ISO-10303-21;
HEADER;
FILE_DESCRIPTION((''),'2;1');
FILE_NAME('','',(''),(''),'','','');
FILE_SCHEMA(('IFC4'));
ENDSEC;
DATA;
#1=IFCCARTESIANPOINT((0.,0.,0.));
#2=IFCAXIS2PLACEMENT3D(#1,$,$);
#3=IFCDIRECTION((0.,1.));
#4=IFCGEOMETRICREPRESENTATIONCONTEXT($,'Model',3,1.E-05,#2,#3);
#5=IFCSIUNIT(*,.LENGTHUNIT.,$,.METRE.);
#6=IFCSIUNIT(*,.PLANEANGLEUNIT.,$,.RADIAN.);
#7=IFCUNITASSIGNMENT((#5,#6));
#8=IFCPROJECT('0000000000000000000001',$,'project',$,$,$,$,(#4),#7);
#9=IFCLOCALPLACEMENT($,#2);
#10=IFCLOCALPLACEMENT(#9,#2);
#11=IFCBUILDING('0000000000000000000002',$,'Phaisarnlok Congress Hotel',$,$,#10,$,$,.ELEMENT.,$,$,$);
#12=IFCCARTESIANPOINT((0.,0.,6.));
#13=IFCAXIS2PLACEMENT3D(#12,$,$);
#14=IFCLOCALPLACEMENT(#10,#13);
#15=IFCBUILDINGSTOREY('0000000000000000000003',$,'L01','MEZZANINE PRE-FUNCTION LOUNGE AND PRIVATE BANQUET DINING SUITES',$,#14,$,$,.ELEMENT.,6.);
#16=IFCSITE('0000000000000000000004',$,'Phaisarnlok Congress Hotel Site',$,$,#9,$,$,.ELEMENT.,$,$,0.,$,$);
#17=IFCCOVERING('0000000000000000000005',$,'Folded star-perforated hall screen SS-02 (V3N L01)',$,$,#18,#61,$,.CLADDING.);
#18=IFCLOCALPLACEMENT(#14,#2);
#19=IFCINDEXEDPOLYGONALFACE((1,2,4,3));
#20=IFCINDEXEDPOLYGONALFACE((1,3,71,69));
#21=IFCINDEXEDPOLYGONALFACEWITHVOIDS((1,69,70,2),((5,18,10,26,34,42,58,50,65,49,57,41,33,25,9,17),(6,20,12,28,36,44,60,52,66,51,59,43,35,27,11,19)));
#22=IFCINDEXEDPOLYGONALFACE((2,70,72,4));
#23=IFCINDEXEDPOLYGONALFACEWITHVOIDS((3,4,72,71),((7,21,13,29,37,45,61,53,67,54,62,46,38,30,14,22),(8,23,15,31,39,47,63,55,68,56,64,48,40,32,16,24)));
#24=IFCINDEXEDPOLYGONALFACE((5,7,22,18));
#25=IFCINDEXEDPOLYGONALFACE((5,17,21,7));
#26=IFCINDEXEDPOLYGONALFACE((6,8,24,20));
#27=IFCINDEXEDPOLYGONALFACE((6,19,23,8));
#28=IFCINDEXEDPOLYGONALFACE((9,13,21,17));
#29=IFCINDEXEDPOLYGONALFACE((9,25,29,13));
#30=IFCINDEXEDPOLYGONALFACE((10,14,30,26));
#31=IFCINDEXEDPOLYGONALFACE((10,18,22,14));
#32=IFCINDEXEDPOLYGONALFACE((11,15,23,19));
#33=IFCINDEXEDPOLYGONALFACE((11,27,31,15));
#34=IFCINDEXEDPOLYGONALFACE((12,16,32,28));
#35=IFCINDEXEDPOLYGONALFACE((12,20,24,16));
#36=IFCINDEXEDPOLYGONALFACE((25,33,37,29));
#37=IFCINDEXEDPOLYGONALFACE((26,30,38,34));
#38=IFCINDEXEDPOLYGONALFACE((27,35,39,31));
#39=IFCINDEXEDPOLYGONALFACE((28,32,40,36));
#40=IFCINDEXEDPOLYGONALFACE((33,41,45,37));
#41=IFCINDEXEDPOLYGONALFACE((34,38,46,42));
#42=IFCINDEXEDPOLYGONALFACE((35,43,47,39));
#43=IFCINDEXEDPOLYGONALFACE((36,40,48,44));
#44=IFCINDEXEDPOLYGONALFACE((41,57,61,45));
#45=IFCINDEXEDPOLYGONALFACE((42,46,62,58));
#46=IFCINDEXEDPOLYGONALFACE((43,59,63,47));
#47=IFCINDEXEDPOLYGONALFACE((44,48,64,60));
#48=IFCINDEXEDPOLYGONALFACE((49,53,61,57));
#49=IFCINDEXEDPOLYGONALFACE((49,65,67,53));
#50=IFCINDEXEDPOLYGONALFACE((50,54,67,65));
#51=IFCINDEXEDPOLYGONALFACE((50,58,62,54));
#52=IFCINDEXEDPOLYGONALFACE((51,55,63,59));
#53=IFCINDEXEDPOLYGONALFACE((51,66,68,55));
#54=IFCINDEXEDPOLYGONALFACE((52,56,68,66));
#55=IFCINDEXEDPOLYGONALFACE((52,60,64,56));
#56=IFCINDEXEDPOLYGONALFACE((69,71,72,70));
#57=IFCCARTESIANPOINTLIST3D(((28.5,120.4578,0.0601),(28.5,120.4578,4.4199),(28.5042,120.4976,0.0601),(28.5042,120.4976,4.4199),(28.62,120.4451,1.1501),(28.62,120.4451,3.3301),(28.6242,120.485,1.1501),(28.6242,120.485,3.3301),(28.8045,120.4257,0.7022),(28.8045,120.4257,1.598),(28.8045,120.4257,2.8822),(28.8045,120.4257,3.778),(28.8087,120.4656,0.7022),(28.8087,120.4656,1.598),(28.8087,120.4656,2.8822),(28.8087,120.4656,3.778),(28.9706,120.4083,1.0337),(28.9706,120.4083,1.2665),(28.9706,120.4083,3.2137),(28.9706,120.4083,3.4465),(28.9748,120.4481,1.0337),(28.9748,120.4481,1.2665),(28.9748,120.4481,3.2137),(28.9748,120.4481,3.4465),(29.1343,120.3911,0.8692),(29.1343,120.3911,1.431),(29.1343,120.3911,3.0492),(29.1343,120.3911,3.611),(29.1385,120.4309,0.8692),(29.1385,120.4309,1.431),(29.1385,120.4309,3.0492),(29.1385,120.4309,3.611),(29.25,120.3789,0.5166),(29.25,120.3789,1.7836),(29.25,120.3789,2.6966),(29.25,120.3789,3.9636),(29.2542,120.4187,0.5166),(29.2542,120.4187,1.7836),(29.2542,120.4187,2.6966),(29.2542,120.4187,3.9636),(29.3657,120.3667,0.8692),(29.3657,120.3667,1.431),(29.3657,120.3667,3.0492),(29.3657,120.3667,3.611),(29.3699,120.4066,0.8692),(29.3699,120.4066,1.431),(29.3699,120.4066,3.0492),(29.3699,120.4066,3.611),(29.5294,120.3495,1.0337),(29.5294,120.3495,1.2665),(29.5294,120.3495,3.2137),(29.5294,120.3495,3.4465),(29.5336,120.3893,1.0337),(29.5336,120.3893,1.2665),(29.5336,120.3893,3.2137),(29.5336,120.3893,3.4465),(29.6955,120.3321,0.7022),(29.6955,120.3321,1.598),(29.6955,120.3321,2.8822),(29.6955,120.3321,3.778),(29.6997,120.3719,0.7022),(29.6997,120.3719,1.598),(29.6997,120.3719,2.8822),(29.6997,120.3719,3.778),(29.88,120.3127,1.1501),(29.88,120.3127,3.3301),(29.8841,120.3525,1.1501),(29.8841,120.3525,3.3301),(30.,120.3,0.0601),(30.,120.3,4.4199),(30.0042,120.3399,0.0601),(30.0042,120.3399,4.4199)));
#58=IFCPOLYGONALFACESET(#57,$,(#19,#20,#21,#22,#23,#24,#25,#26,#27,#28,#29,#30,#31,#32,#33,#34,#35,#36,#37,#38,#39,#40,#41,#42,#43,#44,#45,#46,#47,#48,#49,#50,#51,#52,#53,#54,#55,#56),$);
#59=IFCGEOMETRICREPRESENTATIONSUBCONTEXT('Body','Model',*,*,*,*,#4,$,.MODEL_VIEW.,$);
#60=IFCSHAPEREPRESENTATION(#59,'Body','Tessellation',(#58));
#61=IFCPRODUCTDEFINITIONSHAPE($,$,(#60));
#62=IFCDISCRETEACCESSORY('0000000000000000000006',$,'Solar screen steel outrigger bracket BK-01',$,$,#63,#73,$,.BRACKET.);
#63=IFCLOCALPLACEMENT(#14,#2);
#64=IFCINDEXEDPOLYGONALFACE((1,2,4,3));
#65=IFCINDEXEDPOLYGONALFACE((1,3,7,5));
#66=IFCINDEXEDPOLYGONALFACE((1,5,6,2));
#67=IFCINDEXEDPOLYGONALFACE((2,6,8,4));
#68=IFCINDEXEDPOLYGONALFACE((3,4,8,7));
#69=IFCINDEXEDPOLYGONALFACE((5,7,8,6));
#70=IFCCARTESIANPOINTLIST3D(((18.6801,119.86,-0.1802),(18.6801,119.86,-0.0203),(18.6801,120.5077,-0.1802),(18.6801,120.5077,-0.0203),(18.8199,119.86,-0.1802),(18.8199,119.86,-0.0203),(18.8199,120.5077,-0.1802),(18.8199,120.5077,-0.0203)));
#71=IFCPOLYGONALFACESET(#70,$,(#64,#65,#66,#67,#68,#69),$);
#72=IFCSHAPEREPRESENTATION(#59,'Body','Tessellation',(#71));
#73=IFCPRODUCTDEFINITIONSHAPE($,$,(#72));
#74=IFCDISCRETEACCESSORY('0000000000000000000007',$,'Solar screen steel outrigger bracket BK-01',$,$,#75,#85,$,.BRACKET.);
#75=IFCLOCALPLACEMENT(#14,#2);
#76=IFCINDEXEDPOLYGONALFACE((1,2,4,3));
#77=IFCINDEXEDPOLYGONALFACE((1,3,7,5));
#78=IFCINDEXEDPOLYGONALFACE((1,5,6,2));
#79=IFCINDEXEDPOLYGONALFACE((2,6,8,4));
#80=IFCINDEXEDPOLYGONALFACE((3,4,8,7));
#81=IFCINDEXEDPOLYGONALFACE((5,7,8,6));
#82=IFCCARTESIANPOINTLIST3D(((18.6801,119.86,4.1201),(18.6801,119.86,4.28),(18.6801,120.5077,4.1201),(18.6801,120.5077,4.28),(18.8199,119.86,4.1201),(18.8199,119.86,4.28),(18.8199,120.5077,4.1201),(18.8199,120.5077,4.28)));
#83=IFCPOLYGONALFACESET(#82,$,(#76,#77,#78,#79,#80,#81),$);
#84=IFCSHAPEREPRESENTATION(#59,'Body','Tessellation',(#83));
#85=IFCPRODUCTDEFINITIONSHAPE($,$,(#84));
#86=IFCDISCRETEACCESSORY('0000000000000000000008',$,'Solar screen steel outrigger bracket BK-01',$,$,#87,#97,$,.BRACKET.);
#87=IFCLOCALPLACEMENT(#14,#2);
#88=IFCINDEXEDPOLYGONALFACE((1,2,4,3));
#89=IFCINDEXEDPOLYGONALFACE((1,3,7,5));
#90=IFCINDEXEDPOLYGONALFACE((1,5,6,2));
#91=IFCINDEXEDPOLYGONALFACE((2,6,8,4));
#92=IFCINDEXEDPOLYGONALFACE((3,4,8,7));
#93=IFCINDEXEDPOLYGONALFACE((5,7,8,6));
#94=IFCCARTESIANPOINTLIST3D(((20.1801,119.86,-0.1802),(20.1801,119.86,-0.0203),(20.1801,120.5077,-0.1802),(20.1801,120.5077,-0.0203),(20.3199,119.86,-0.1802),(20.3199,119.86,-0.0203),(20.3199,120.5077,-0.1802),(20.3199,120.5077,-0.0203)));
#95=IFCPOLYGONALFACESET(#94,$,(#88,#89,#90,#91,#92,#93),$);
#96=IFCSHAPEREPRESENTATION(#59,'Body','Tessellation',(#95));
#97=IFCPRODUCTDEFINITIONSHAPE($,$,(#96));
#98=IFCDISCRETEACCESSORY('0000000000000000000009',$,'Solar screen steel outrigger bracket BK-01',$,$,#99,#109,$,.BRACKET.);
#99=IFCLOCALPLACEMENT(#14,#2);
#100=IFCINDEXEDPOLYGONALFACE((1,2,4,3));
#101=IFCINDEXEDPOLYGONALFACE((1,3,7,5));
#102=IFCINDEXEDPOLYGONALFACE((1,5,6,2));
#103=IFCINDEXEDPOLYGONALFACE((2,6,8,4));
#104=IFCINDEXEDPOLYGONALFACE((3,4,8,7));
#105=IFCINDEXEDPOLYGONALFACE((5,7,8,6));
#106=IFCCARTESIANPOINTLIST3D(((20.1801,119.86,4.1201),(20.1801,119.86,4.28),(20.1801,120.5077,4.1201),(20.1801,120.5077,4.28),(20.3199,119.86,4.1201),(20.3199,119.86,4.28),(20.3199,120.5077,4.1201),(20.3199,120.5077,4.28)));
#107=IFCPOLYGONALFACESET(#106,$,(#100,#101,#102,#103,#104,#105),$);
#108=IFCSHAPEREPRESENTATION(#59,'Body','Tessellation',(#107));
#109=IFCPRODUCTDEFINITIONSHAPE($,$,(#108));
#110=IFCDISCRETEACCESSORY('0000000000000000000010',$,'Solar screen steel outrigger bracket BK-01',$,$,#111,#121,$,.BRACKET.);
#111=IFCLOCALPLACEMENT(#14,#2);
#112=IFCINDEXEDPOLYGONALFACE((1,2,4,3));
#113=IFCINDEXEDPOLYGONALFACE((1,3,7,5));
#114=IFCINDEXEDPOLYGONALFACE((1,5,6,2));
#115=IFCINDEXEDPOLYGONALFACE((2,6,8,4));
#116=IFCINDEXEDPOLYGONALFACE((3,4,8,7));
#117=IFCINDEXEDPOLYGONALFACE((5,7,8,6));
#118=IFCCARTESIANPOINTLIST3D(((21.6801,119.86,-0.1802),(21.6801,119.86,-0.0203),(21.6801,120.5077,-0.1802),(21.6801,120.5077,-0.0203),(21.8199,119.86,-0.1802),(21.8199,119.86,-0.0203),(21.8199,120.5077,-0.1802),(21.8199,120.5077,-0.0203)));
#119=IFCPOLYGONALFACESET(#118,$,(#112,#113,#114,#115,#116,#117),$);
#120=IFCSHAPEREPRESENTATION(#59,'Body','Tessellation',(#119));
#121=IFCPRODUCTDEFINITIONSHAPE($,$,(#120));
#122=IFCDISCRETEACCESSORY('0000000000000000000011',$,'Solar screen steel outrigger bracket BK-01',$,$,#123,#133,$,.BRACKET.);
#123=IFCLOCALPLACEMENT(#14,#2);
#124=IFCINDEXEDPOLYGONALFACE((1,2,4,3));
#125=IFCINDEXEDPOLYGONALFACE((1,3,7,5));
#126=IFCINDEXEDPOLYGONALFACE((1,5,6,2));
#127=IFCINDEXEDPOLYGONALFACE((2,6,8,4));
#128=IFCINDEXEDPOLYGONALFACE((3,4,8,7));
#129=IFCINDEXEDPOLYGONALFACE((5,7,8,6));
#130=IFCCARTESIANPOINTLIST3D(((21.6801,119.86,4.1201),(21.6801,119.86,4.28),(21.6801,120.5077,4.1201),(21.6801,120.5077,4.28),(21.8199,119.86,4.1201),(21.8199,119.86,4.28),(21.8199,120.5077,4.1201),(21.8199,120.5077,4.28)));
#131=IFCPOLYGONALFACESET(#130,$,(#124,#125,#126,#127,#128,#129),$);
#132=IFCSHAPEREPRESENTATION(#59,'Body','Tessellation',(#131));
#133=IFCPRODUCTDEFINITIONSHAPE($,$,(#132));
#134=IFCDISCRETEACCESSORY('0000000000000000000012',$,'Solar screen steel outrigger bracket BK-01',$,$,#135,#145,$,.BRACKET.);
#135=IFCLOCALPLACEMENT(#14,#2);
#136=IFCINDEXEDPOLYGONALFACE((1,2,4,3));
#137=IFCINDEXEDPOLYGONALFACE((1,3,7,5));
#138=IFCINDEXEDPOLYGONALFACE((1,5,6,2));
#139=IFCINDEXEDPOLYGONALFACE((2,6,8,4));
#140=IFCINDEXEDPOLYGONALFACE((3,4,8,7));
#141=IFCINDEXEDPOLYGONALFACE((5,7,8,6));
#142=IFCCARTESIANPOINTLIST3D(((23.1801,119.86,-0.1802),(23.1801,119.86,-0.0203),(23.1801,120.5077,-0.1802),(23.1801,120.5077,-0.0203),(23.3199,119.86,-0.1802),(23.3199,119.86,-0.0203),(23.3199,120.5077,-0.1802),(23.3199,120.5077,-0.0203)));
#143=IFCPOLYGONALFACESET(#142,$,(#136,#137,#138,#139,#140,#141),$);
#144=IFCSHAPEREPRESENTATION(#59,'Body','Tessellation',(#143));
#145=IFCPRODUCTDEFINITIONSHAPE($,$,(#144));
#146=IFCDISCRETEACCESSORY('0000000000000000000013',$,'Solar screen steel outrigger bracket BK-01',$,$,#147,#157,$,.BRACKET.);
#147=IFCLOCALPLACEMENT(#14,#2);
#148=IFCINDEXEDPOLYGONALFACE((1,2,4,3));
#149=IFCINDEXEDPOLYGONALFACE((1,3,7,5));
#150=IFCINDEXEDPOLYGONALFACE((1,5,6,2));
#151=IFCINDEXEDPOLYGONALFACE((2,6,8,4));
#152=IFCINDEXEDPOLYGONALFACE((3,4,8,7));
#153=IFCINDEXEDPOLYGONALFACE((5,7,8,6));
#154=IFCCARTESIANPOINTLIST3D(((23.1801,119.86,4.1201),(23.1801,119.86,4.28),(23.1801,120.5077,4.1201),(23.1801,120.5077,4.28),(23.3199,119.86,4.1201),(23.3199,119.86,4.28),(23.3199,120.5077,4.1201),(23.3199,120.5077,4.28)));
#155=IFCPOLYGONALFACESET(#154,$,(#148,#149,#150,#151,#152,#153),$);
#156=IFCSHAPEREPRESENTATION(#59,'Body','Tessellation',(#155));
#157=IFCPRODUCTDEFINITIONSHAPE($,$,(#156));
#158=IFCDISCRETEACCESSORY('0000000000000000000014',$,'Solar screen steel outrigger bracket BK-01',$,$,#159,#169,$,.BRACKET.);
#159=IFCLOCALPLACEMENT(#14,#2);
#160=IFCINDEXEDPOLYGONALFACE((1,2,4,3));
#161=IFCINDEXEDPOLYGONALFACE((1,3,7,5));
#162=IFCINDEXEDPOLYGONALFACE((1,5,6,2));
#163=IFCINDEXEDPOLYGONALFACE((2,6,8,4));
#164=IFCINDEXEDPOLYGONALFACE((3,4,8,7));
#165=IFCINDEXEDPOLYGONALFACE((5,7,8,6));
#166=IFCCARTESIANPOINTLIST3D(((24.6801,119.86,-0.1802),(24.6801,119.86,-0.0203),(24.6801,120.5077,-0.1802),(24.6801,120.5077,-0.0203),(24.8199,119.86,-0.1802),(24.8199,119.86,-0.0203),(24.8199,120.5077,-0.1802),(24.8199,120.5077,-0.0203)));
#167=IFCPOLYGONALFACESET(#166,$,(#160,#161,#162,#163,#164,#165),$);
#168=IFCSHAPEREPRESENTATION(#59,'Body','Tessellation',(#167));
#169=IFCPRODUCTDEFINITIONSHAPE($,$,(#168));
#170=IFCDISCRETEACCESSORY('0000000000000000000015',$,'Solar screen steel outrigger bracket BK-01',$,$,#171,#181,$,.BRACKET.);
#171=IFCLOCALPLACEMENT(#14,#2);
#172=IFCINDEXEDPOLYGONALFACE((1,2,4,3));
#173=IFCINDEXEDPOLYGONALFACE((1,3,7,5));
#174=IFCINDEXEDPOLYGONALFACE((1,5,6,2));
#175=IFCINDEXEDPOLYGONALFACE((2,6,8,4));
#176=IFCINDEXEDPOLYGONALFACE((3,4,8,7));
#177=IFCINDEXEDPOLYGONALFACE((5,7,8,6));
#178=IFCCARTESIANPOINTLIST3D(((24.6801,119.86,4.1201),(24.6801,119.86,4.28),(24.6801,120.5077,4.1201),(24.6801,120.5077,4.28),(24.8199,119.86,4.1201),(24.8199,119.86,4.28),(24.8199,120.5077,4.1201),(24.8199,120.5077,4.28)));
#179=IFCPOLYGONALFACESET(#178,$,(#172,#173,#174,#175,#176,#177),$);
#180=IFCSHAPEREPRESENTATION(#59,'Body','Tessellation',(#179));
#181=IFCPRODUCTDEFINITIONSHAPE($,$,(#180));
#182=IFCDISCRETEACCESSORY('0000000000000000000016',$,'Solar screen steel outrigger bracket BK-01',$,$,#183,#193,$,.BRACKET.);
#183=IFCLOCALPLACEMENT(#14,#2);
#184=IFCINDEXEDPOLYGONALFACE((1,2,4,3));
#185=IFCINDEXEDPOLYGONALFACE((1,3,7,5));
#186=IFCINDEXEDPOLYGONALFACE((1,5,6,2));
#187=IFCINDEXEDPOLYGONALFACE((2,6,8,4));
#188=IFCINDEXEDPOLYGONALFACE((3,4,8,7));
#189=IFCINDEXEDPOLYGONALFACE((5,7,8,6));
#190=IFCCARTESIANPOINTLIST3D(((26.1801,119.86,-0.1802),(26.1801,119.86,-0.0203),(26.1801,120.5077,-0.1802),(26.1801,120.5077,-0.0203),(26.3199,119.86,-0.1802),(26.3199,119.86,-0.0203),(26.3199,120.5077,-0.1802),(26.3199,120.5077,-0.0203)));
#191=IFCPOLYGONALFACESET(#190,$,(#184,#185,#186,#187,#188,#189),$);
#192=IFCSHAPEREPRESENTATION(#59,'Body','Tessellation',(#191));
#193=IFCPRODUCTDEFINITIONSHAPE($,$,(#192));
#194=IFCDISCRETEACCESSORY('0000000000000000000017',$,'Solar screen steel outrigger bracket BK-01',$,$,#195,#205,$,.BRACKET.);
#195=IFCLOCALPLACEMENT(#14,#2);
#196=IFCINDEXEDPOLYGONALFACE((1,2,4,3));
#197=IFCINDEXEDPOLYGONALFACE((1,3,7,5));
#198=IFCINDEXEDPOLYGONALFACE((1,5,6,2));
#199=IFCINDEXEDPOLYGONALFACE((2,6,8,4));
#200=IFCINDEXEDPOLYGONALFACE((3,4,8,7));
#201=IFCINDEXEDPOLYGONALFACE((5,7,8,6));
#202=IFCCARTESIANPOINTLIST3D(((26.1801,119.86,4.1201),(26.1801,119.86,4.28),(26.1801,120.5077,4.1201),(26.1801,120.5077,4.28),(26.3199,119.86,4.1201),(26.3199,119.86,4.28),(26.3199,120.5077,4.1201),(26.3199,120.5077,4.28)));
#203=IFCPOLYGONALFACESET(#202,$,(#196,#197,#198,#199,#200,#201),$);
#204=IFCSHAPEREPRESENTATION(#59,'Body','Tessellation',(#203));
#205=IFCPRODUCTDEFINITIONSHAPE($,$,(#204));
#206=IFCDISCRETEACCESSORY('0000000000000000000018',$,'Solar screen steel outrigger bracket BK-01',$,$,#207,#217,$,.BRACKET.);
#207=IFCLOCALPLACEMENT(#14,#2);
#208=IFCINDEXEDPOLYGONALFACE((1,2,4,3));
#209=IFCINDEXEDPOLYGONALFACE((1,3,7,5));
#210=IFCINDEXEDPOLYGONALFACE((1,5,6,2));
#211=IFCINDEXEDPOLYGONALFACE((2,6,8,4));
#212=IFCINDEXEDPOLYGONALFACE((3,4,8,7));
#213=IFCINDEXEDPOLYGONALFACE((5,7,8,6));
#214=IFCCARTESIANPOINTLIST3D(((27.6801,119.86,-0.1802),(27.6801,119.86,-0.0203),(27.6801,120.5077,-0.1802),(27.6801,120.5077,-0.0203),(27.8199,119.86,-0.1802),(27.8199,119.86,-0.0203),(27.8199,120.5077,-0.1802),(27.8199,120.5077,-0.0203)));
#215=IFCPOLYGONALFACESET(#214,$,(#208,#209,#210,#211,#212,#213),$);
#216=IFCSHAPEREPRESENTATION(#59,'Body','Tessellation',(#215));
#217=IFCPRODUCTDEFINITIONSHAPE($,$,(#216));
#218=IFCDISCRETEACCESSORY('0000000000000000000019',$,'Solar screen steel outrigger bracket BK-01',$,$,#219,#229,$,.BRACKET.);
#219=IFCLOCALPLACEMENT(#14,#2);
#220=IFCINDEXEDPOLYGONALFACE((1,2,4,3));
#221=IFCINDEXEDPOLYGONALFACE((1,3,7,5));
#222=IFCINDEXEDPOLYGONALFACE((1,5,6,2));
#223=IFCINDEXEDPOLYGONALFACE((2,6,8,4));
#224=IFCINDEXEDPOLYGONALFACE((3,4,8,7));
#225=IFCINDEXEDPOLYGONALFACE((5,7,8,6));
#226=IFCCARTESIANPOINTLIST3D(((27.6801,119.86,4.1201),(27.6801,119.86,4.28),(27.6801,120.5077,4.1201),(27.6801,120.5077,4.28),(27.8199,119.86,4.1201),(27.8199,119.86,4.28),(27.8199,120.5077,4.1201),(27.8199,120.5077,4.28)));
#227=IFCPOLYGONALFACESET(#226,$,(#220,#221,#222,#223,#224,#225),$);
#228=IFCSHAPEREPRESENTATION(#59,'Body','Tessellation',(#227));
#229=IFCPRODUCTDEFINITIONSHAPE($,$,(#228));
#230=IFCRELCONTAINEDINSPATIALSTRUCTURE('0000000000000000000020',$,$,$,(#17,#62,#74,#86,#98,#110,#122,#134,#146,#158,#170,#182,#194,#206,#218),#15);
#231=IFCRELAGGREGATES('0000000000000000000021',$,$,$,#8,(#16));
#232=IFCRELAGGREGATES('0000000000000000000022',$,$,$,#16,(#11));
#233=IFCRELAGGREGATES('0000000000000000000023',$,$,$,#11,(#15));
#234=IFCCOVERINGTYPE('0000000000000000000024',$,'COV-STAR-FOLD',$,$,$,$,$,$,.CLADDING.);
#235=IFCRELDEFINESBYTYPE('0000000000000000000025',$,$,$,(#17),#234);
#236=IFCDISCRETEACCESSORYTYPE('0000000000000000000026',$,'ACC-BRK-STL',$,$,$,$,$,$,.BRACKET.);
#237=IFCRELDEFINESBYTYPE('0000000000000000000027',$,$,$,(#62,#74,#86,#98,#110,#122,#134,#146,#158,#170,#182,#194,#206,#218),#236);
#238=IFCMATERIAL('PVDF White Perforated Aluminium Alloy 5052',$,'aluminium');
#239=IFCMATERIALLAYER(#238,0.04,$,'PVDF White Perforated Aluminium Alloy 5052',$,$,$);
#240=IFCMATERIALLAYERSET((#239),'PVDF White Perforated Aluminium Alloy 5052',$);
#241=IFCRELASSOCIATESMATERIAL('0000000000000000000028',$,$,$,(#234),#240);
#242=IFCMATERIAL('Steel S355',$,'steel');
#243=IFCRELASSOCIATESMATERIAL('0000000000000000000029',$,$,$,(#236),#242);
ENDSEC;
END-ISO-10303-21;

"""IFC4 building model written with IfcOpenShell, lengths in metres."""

from ifc_helpers import new_model, si_unit, direction, frame, origin, origin_2d, place, context, subcontext, project, spatial, polyline, rectangle, outline, extrude, material, layer, layer_set, type_object, element, save


model = new_model("IFC4")

# Units and contexts
model_context = context("Model", 3, precision=1e-05, world=origin(), true_north=direction((0.0, 1.0)))
body_context = subcontext(model_context, "Body", "Model", "MODEL_VIEW")
ifc_project = project(units=[si_unit("LENGTHUNIT", "METRE"), si_unit("PLANEANGLEUNIT", "RADIAN")], contexts=[model_context])

# Site, building, storey
site_placement = place(None, origin())
site = spatial("IfcSite", under=ifc_project, at=site_placement, Name="Phaisarnlok Congress Hotel Site", CompositionType="ELEMENT", RefElevation=0.0)
building_placement = place(site_placement, origin())
building = spatial("IfcBuilding", under=site, at=building_placement, Name="Phaisarnlok Congress Hotel", CompositionType="ELEMENT")
storey_placement = place(building_placement, frame((0.0, 0.0, 6.0)))
storey = spatial("IfcBuildingStorey", under=building, at=storey_placement, Name="L01", Description="MEZZANINE PRE-FUNCTION LOUNGE AND PRIVATE BANQUET DINING SUITES", CompositionType="ELEMENT", Elevation=6.0)

# Covering
ifc_material_1 = material(Name="PVDF White Perforated Aluminium Alloy 5052", Category="aluminium")
ifc_layer = layer(ifc_material_1, 0.04, Name="PVDF White Perforated Aluminium Alloy 5052")
ifc_layer_set = layer_set([ifc_layer], Name="PVDF White Perforated Aluminium Alloy 5052")
covering_type = type_object("IfcCoveringType", Name="COV-STAR-FOLD", PredefinedType="CLADDING", material=ifc_layer_set)
for number, where, z_axis, x_axis, name in (
    (1, (30.0, 120.3, 0.0601), (0.104567, 0.994518, 0.0), (-0.994518, 0.104567, 0.0), "Folded star-perforated hall screen SS-02 (V3N L01)"),
):
    element("IfcCovering", number, at=place(storey_placement, frame(where, z_axis=z_axis, x_axis=x_axis)), inside=storey, type_object=covering_type, Name=name, PredefinedType="CLADDING", context=body_context, shape_type="SweptSolid", body=[
        extrude(outline(polyline([(0.0, 0.0), (1.5083, 0.0), (1.5083, 4.3599), (0.0, 4.3599), (0.0, 0.0)]), holes=[polyline([(1.0351, 0.9736), (1.2021, 0.6421), (0.8705, 0.8091), (0.7541, 0.4565), (0.6378, 0.8091), (0.3062, 0.6421), (0.4732, 0.9736), (0.1207, 1.09), (0.4732, 1.2064), (0.3062, 1.5379), (0.6378, 1.3709), (0.7541, 1.7235), (0.8705, 1.3709), (1.2021, 1.5379), (1.0351, 1.2064), (1.3876, 1.09), (1.0351, 0.9736)]), polyline([(1.0351, 3.1536), (1.2021, 2.8221), (0.8705, 2.9891), (0.7541, 2.6365), (0.6378, 2.9891), (0.3062, 2.8221), (0.4732, 3.1536), (0.1207, 3.27), (0.4732, 3.3864), (0.3062, 3.7179), (0.6378, 3.5509), (0.7541, 3.9035), (0.8705, 3.5509), (1.2021, 3.7179), (1.0351, 3.3864), (1.3876, 3.27), (1.0351, 3.1536)])]), origin(), (0.0, 0.0, 1.0), 0.04),
    ])

# Discrete accessories
ifc_material_2 = material(Name="Steel S355", Category="steel")
discrete_accessory_type = type_object("IfcDiscreteAccessoryType", Name="ACC-BRK-STL", PredefinedType="BRACKET", material=ifc_material_2)
for number, where, z_axis, x_axis, name in (
    (2, (18.75, 120.1838, -0.1802), (0.0, 0.0, 1.0), (1.0, 0.0, 0.0), "Solar screen steel outrigger bracket BK-01"),
    (3, (18.75, 120.1838, 4.1201), (0.0, 0.0, 1.0), (1.0, 0.0, 0.0), "Solar screen steel outrigger bracket BK-01"),
    (4, (20.25, 120.1838, -0.1802), (0.0, 0.0, 1.0), (1.0, 0.0, 0.0), "Solar screen steel outrigger bracket BK-01"),
    (5, (20.25, 120.1838, 4.1201), (0.0, 0.0, 1.0), (1.0, 0.0, 0.0), "Solar screen steel outrigger bracket BK-01"),
    (6, (21.75, 120.1838, -0.1802), (0.0, 0.0, 1.0), (1.0, 0.0, 0.0), "Solar screen steel outrigger bracket BK-01"),
    (7, (21.75, 120.1838, 4.1201), (0.0, 0.0, 1.0), (1.0, 0.0, 0.0), "Solar screen steel outrigger bracket BK-01"),
    (8, (23.25, 120.1838, -0.1802), (0.0, 0.0, 1.0), (1.0, 0.0, 0.0), "Solar screen steel outrigger bracket BK-01"),
    (9, (23.25, 120.1838, 4.1201), (0.0, 0.0, 1.0), (1.0, 0.0, 0.0), "Solar screen steel outrigger bracket BK-01"),
    (10, (24.75, 120.1838, -0.1802), (0.0, 0.0, 1.0), (1.0, 0.0, 0.0), "Solar screen steel outrigger bracket BK-01"),
    (11, (24.75, 120.1838, 4.1201), (0.0, 0.0, 1.0), (1.0, 0.0, 0.0), "Solar screen steel outrigger bracket BK-01"),
    (12, (26.25, 120.1838, -0.1802), (0.0, 0.0, 1.0), (1.0, 0.0, 0.0), "Solar screen steel outrigger bracket BK-01"),
    (13, (26.25, 120.1838, 4.1201), (0.0, 0.0, 1.0), (1.0, 0.0, 0.0), "Solar screen steel outrigger bracket BK-01"),
    (14, (27.75, 120.1838, -0.1802), (0.0, 0.0, 1.0), (1.0, 0.0, 0.0), "Solar screen steel outrigger bracket BK-01"),
    (15, (27.75, 120.1838, 4.1201), (0.0, 0.0, 1.0), (1.0, 0.0, 0.0), "Solar screen steel outrigger bracket BK-01"),
):
    element("IfcDiscreteAccessory", number, at=place(storey_placement, frame(where, z_axis=z_axis, x_axis=x_axis)), inside=storey, type_object=discrete_accessory_type, Name=name, PredefinedType="BRACKET", context=body_context, shape_type="SweptSolid", body=[
        extrude(rectangle(XDim=0.1399, YDim=0.6477, at=origin_2d()), origin(), (0.0, 0.0, 1.0), 0.1599),
    ])

save(model, "model.ifc")
